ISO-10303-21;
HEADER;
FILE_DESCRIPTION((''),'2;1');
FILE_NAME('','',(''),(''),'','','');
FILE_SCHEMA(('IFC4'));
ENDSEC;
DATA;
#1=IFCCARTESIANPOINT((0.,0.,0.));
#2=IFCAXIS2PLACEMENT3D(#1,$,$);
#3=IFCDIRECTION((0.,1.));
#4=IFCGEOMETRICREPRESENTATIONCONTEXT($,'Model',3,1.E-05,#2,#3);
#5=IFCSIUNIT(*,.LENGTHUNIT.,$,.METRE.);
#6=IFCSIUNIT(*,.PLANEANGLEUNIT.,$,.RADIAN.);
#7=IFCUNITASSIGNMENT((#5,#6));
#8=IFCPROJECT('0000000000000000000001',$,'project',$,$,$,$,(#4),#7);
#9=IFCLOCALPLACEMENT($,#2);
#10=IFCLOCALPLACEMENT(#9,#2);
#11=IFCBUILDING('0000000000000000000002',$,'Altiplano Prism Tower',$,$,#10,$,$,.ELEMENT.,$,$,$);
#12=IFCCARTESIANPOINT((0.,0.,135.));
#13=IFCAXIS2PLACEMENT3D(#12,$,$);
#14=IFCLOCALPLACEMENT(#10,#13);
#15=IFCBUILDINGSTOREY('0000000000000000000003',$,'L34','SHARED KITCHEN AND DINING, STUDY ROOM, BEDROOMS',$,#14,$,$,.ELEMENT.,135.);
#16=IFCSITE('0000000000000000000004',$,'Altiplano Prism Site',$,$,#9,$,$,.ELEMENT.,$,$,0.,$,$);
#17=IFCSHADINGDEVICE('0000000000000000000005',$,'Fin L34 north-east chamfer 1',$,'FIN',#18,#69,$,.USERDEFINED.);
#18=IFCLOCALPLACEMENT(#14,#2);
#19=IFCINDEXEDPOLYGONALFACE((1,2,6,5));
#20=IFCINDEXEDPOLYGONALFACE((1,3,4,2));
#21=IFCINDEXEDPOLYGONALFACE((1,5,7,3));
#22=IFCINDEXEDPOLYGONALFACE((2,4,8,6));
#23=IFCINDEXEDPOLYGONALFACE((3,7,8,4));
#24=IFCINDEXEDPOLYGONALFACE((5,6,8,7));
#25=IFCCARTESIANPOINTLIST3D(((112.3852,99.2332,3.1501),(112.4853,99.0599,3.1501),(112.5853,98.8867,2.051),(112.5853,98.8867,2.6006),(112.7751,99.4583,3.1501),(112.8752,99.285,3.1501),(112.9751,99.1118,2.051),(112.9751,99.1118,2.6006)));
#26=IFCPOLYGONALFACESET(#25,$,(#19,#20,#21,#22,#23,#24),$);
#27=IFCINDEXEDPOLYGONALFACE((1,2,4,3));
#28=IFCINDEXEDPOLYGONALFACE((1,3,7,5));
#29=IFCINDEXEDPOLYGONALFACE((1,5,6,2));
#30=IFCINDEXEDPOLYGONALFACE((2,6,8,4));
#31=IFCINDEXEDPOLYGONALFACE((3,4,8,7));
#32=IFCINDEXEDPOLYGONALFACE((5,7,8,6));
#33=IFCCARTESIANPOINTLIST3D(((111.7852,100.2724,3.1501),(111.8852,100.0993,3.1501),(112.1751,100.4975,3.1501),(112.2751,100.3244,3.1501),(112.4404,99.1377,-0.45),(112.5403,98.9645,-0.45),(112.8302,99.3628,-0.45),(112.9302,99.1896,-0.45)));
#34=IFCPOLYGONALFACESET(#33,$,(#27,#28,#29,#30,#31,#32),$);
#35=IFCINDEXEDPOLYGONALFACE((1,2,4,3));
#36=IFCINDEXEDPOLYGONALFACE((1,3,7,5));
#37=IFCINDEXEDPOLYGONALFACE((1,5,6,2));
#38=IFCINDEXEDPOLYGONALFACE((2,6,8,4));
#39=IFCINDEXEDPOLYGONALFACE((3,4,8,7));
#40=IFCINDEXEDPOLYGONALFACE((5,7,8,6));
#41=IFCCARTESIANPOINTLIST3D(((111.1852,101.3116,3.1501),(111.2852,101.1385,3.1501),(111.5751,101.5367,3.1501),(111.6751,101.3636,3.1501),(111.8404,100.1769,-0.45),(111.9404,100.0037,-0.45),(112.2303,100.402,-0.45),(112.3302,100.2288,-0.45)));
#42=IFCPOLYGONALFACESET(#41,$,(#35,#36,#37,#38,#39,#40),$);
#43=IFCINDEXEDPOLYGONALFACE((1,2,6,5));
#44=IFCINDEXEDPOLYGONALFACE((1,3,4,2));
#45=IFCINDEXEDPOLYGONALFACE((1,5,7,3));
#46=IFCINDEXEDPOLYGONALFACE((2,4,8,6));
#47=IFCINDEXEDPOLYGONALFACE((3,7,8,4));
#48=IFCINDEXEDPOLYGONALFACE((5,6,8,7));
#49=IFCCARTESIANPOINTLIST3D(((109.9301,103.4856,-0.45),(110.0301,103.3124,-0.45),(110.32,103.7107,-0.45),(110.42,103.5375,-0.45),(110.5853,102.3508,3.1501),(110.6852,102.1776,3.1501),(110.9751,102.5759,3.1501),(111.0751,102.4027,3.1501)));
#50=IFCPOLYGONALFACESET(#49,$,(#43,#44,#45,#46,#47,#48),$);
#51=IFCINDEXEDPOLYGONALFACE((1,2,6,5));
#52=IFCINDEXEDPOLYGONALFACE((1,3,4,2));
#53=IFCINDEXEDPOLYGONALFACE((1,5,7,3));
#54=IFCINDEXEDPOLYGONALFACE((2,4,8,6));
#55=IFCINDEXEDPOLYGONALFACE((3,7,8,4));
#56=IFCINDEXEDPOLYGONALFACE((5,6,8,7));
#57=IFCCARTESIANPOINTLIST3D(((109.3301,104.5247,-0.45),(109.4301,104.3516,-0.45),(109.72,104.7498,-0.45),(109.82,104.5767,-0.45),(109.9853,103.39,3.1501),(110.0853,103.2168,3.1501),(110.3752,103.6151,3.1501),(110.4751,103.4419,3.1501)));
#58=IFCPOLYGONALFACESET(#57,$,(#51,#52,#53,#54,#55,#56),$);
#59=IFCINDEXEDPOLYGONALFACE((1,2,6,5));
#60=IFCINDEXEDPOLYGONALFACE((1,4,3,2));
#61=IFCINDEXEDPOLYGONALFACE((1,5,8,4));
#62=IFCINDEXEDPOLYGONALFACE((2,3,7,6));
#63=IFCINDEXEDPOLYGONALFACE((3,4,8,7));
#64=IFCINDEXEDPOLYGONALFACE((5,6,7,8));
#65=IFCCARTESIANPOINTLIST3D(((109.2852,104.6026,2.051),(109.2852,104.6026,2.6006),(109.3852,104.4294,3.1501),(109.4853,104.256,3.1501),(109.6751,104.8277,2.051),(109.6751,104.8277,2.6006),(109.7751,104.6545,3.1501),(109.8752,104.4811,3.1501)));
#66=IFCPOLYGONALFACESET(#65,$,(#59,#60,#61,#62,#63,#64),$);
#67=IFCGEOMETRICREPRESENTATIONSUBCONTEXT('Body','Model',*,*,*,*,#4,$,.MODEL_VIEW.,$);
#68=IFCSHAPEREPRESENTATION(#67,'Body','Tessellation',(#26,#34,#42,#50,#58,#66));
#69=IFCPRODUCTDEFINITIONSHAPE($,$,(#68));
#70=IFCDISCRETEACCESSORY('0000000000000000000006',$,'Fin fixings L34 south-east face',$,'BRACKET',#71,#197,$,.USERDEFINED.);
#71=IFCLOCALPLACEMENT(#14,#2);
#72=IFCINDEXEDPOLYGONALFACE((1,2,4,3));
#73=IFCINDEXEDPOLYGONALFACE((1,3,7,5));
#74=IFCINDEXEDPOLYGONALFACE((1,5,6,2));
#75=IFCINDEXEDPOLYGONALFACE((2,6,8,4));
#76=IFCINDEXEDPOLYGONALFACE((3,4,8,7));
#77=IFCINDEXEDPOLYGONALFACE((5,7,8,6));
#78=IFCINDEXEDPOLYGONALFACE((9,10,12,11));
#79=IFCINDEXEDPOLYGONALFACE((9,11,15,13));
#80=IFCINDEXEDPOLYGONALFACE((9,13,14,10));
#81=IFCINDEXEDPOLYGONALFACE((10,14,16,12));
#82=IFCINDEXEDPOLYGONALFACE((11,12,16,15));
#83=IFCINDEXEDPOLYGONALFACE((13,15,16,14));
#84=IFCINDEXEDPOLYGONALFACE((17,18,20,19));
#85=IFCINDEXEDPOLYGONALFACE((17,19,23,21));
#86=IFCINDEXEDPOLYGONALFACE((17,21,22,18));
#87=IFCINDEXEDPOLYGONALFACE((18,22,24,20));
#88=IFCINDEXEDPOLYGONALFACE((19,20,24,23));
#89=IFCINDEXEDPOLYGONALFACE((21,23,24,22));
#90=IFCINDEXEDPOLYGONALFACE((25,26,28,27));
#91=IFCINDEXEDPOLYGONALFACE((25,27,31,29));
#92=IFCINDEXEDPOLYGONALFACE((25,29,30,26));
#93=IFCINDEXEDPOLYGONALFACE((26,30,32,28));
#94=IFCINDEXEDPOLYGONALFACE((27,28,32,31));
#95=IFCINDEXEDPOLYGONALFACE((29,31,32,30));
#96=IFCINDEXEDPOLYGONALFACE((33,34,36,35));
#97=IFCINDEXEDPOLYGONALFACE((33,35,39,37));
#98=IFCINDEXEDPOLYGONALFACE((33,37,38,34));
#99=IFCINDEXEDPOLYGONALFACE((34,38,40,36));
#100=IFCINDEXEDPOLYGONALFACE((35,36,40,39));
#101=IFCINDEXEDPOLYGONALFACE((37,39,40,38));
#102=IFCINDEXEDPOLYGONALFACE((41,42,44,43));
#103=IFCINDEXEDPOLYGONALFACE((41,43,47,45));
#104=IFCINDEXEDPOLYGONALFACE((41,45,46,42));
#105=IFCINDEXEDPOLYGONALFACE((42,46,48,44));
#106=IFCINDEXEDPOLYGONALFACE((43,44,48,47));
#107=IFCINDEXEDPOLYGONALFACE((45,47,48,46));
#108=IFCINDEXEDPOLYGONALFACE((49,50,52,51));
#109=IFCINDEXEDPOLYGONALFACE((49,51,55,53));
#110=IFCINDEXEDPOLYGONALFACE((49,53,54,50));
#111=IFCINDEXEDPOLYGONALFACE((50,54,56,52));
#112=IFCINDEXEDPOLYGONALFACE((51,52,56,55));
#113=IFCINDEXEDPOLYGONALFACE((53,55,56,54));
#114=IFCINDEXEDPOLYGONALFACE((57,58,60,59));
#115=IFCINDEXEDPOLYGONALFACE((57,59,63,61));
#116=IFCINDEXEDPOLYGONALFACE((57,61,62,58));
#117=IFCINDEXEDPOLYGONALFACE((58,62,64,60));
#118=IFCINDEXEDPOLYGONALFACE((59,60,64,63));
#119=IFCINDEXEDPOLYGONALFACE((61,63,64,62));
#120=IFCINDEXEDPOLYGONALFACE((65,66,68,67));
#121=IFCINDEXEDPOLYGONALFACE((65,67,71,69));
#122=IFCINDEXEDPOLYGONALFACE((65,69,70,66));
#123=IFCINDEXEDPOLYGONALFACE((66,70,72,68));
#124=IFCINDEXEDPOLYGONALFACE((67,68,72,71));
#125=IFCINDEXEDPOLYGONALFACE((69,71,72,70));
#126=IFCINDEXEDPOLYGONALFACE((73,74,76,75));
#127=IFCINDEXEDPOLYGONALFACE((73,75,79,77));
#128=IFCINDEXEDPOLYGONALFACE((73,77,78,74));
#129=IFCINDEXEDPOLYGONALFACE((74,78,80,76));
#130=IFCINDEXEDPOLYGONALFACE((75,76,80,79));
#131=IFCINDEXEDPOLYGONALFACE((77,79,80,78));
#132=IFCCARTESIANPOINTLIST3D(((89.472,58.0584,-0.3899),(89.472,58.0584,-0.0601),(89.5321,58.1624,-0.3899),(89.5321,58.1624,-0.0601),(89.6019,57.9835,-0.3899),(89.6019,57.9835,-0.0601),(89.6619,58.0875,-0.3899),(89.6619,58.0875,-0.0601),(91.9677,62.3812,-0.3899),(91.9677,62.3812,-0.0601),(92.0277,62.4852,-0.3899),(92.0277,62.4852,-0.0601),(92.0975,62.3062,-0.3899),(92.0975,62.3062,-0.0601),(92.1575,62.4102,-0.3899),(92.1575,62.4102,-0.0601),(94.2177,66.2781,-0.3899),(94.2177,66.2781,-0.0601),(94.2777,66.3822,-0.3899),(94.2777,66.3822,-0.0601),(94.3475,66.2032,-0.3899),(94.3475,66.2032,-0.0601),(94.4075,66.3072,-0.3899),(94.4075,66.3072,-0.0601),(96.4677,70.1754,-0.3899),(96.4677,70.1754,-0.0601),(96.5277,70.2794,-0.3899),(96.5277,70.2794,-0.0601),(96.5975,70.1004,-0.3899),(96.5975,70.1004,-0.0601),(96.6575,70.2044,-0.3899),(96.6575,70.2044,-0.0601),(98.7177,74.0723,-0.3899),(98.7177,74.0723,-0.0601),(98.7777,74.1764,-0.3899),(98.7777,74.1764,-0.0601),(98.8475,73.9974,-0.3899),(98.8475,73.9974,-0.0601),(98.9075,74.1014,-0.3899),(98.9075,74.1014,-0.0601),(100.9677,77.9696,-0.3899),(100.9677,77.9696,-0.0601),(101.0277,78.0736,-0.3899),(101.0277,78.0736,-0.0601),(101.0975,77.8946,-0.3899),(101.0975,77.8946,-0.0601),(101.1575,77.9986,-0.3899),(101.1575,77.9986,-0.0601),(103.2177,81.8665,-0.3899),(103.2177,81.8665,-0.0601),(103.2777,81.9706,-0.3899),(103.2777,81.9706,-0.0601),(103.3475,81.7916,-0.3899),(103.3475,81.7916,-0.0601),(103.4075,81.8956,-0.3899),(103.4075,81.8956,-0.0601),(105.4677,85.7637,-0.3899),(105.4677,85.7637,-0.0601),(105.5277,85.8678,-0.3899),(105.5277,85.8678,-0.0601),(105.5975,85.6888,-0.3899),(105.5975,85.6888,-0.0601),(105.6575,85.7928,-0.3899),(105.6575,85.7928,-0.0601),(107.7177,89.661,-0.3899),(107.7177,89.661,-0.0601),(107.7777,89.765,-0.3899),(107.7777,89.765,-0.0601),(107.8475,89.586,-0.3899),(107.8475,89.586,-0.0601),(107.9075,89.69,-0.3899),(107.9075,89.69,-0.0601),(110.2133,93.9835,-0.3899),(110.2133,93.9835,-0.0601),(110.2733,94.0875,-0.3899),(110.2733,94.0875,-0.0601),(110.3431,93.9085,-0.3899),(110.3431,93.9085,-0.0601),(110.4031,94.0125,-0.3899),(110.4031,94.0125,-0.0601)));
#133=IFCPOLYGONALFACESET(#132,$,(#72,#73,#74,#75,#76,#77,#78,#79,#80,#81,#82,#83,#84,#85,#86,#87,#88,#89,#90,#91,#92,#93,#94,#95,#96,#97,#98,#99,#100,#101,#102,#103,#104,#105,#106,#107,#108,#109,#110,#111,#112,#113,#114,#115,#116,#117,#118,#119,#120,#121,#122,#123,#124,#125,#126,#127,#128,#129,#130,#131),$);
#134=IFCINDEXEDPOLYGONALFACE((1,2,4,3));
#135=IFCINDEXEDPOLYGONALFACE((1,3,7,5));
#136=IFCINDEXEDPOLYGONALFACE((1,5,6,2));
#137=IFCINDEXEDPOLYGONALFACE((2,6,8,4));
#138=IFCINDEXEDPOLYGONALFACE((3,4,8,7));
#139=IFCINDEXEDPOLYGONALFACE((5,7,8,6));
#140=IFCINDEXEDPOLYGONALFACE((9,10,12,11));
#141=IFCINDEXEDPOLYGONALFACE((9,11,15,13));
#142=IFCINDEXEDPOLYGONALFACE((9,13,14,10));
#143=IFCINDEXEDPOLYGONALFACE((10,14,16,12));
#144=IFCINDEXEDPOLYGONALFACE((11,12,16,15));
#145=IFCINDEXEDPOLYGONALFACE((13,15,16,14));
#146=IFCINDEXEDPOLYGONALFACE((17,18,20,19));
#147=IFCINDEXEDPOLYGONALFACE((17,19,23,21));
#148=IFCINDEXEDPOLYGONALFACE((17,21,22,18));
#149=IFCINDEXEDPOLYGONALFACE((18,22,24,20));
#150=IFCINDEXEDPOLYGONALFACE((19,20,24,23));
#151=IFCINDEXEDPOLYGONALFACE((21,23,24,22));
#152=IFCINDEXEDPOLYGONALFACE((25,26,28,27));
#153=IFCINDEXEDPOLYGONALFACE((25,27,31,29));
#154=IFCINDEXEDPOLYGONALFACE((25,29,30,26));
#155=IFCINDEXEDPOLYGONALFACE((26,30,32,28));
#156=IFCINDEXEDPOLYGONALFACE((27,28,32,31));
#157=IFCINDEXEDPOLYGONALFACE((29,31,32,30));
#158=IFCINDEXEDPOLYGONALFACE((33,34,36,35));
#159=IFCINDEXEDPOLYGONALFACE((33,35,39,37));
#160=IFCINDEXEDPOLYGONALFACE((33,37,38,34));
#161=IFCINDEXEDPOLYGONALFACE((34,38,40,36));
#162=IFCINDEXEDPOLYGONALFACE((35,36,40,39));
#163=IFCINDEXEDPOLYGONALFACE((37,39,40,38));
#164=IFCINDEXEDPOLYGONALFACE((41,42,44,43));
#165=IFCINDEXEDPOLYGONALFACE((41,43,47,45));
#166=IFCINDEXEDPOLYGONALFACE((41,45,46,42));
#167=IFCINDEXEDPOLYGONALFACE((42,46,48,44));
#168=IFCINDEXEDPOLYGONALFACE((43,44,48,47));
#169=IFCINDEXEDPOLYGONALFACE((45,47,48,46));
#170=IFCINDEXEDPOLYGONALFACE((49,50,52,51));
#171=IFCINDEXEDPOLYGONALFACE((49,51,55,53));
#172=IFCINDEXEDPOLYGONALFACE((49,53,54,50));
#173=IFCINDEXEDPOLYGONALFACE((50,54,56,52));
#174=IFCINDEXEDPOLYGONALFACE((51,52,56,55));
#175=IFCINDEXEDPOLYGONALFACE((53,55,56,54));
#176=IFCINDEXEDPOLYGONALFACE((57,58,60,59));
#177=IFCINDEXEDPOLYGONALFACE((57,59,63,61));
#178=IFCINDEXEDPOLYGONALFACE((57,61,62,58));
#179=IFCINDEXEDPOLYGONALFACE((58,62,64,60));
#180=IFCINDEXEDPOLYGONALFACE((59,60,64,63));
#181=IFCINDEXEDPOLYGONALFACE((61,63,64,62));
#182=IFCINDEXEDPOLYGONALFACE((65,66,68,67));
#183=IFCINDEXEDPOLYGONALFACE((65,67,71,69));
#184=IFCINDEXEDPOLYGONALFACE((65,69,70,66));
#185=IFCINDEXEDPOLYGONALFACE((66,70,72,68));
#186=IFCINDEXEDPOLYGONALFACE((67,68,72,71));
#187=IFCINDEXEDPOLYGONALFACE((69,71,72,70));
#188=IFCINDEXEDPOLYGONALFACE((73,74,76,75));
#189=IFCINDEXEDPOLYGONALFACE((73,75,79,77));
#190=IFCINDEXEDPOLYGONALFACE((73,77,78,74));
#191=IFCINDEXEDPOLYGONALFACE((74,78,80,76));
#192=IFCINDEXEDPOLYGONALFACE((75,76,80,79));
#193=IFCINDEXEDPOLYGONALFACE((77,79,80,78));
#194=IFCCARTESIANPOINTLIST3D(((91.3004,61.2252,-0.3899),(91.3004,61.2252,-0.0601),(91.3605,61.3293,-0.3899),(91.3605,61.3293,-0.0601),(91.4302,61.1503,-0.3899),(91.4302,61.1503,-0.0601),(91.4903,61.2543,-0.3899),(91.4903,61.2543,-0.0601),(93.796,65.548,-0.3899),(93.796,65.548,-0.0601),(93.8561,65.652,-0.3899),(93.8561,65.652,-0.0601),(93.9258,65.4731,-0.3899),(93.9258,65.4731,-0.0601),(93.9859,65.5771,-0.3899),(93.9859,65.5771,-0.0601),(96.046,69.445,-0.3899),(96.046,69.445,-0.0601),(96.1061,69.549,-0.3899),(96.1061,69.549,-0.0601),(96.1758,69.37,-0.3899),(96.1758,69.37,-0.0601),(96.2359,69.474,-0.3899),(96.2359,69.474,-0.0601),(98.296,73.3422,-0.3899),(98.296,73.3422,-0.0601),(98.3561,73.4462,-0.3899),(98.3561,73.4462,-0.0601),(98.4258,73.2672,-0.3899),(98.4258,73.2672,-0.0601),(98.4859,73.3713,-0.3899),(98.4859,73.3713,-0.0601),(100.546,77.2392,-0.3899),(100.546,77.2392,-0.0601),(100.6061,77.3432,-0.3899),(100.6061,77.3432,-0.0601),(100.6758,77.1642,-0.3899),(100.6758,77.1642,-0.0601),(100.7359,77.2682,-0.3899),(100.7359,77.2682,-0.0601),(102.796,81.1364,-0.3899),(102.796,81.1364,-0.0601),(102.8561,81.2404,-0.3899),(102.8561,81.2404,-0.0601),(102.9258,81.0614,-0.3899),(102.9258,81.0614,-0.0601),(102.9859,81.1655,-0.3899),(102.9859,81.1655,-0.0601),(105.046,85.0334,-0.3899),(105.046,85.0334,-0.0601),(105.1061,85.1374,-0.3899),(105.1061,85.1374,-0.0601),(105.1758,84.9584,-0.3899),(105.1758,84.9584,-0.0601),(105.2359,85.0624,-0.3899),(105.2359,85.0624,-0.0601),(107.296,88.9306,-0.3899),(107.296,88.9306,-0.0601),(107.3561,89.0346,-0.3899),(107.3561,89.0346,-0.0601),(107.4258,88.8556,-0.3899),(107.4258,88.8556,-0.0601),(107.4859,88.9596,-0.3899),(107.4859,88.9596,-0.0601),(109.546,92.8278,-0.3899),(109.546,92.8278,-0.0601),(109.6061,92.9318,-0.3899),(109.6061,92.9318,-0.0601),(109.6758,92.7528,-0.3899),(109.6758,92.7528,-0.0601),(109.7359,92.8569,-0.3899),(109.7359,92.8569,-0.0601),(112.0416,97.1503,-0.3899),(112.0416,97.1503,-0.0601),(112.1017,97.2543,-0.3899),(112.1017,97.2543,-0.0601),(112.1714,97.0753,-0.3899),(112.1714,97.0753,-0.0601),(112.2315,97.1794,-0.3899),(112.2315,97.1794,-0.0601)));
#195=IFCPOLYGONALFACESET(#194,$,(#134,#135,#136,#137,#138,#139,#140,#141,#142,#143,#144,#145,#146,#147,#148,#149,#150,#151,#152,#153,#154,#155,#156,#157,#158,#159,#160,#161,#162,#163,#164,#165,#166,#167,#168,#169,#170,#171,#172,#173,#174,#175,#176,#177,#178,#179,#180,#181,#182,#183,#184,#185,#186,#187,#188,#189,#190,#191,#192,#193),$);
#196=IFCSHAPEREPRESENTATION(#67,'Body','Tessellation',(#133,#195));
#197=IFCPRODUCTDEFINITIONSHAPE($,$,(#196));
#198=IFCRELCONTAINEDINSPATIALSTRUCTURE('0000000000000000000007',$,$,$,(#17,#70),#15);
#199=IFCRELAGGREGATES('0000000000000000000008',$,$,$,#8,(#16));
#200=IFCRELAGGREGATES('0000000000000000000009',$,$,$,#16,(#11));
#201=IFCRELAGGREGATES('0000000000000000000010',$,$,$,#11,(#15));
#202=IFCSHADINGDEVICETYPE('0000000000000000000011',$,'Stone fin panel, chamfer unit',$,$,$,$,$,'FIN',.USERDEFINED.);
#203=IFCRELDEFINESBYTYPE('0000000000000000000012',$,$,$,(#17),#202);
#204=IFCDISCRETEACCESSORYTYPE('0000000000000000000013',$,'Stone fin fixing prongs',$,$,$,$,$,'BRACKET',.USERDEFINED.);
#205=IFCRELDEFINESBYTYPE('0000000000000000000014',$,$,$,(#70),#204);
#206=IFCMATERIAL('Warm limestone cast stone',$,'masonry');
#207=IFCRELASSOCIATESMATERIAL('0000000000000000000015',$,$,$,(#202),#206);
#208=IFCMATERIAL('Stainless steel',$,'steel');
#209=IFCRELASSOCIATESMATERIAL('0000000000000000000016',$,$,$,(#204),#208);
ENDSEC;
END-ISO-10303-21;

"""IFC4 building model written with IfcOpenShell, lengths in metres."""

from ifc_helpers import new_model, si_unit, direction, frame, origin, place, context, subcontext, project, spatial, polyline, outline, extrude, source, transform, mapped, material, type_object, element, save


model = new_model("IFC4")

# Units and contexts
model_context = context("Model", 3, precision=1e-05, world=origin(), true_north=direction((0.0, 1.0)))
body_context = subcontext(model_context, "Body", "Model", "MODEL_VIEW")
ifc_project = project(units=[si_unit("LENGTHUNIT", "METRE"), si_unit("PLANEANGLEUNIT", "RADIAN")], contexts=[model_context])

# Site, building, storey
site_placement = place(None, origin())
site = spatial("IfcSite", under=ifc_project, at=site_placement, Name="Altiplano Prism Site", CompositionType="ELEMENT", RefElevation=0.0)
building_placement = place(site_placement, origin())
building = spatial("IfcBuilding", under=site, at=building_placement, Name="Altiplano Prism Tower", CompositionType="ELEMENT")
storey_placement = place(building_placement, frame((0.0, 0.0, 135.0)))
storey = spatial("IfcBuildingStorey", under=building, at=storey_placement, Name="L34", Description="SHARED KITCHEN AND DINING, STUDY ROOM, BEDROOMS", CompositionType="ELEMENT", Elevation=135.0)

# Shading device
ifc_material_1 = material(Name="Warm limestone cast stone", Category="masonry")
shading_device_type_1 = type_object("IfcShadingDeviceType", Name="Stone fin panel, chamfer unit", ElementType="FIN", PredefinedType="USERDEFINED", material=ifc_material_1)
shared_shape_1 = source(origin(), body_context, "Body", "SweptSolid", [
    extrude(outline(polyline([(-3.3, 2.501), (-2.8999, 3.6001), (-3.1001, 3.6001), (-3.3, 3.0505), (-3.3, 2.501)])), frame((0.0, -0.1499, 0.0), z_axis=(0.0, -1.0, 0.0), x_axis=(1.0, 0.0, 0.0)), (0.0, 0.0, 1.0), 0.4502),
    extrude(outline(polyline([(-3.2102, 0.0), (-3.0103, 0.0), (-1.7, 3.6001), (-1.8999, 3.6001), (-3.2102, 0.0)])), frame((0.0, -0.1499, 0.0), z_axis=(0.0, -1.0, 0.0), x_axis=(1.0, 0.0, 0.0)), (0.0, 0.0, 1.0), 0.4502),
    extrude(outline(polyline([(-2.0103, 0.0), (-1.8103, 0.0), (-0.5, 3.6001), (-0.7, 3.6001), (-2.0103, 0.0)])), frame((0.0, -0.1499, 0.0), z_axis=(0.0, -1.0, 0.0), x_axis=(1.0, 0.0, 0.0)), (0.0, 0.0, 1.0), 0.4502),
    extrude(outline(polyline([(1.8103, 0.0), (2.0103, 0.0), (0.7, 3.6001), (0.5, 3.6001), (1.8103, 0.0)])), frame((0.0, -0.1499, 0.0), z_axis=(0.0, -1.0, 0.0), x_axis=(1.0, 0.0, 0.0)), (0.0, 0.0, 1.0), 0.4502),
    extrude(outline(polyline([(3.0103, 0.0), (3.2102, 0.0), (1.8999, 3.6001), (1.7, 3.6001), (3.0103, 0.0)])), frame((0.0, -0.1499, 0.0), z_axis=(0.0, -1.0, 0.0), x_axis=(1.0, 0.0, 0.0)), (0.0, 0.0, 1.0), 0.4502),
    extrude(outline(polyline([(3.3, 3.0505), (3.1001, 3.6001), (2.8999, 3.6001), (3.3, 2.501), (3.3, 3.0505)])), frame((0.0, -0.1499, 0.0), z_axis=(0.0, -1.0, 0.0), x_axis=(1.0, 0.0, 0.0)), (0.0, 0.0, 1.0), 0.4502),
])
shading_device_1_placement = place(storey_placement, origin())
element("IfcShadingDevice", 1, at=shading_device_1_placement, inside=storey, type_object=shading_device_type_1, Name="Fin L34 north-east chamfer 1", ObjectType="FIN", PredefinedType="USERDEFINED", context=body_context, shape_type="MappedRepresentation", body=[
    mapped(shared_shape_1, transform((110.8054, 101.6697, -0.45), x_axis=(-0.5, 0.866025, 0.0), y_axis=(-0.866025, -0.5, 0.0), z_axis=(0.0, 0.0, 1.0))),
])

# Discrete accessory
ifc_material_2 = material(Name="Stainless steel", Category="steel")
discrete_accessory_type = type_object("IfcDiscreteAccessoryType", Name="Stone fin fixing prongs", ElementType="BRACKET", PredefinedType="USERDEFINED", material=ifc_material_2)
shared_shape_2 = source(origin(), body_context, "Body", "SweptSolid", [
    extrude(outline(polyline([(-1.8884, 0.0601), (-1.7683, 0.0601), (-1.7683, 0.3899), (-1.8884, 0.3899), (-1.8884, 0.0601)])), frame((0.0, 0.0, 0.0), z_axis=(0.0, -1.0, 0.0), x_axis=(1.0, 0.0, 0.0)), (0.0, 0.0, 1.0), 0.1499),
    extrude(outline(polyline([(1.7683, 0.0601), (1.8884, 0.0601), (1.8884, 0.3899), (1.7683, 0.3899), (1.7683, 0.0601)])), frame((0.0, 0.0, 0.0), z_axis=(0.0, -1.0, 0.0), x_axis=(1.0, 0.0, 0.0)), (0.0, 0.0, 1.0), 0.1499),
])
shared_shape_3 = source(origin(), body_context, "Body", "SweptSolid", [
    extrude(outline(polyline([(-1.8884, 0.0601), (-1.7683, 0.0601), (-1.7683, 0.3899), (-1.8884, 0.3899), (-1.8884, 0.0601)])), frame((0.0, 0.0, 0.0), z_axis=(0.0, -1.0, 0.0), x_axis=(1.0, 0.0, 0.0)), (0.0, 0.0, 1.0), 0.1499),
    extrude(outline(polyline([(1.7683, 0.0601), (1.8884, 0.0601), (1.8884, 0.3899), (1.7683, 0.3899), (1.7683, 0.0601)])), frame((0.0, 0.0, 0.0), z_axis=(0.0, -1.0, 0.0), x_axis=(1.0, 0.0, 0.0)), (0.0, 0.0, 1.0), 0.1499),
])
discrete_accessory_1_placement = place(storey_placement, origin())
element("IfcDiscreteAccessory", 2, at=discrete_accessory_1_placement, inside=storey, type_object=discrete_accessory_type, Name="Fin fixings L34 south-east face", ObjectType="BRACKET", PredefinedType="USERDEFINED", context=body_context, shape_type="MappedRepresentation", body=[
    mapped(shared_shape_2, transform((90.4163, 59.6938, -0.45), x_axis=(0.5, 0.866025, 0.0), y_axis=(-0.866025, 0.5, 0.0), z_axis=(0.0, 0.0, 1.0))),
    mapped(shared_shape_3, transform((92.9119, 64.0166, -0.45), x_axis=(0.5, 0.866025, 0.0), y_axis=(-0.866025, 0.5, 0.0), z_axis=(0.0, 0.0, 1.0))),
    mapped(shared_shape_3, transform((95.1619, 67.9136, -0.45), x_axis=(0.5, 0.866025, 0.0), y_axis=(-0.866025, 0.5, 0.0), z_axis=(0.0, 0.0, 1.0))),
    mapped(shared_shape_3, transform((97.4119, 71.8108, -0.45), x_axis=(0.5, 0.866025, 0.0), y_axis=(-0.866025, 0.5, 0.0), z_axis=(0.0, 0.0, 1.0))),
    mapped(shared_shape_3, transform((99.6619, 75.7078, -0.45), x_axis=(0.5, 0.866025, 0.0), y_axis=(-0.866025, 0.5, 0.0), z_axis=(0.0, 0.0, 1.0))),
    mapped(shared_shape_3, transform((101.9119, 79.605, -0.45), x_axis=(0.5, 0.866025, 0.0), y_axis=(-0.866025, 0.5, 0.0), z_axis=(0.0, 0.0, 1.0))),
    mapped(shared_shape_3, transform((104.1619, 83.502, -0.45), x_axis=(0.5, 0.866025, 0.0), y_axis=(-0.866025, 0.5, 0.0), z_axis=(0.0, 0.0, 1.0))),
    mapped(shared_shape_3, transform((106.4119, 87.3992, -0.45), x_axis=(0.5, 0.866025, 0.0), y_axis=(-0.866025, 0.5, 0.0), z_axis=(0.0, 0.0, 1.0))),
    mapped(shared_shape_3, transform((108.6619, 91.2964, -0.45), x_axis=(0.5, 0.866025, 0.0), y_axis=(-0.866025, 0.5, 0.0), z_axis=(0.0, 0.0, 1.0))),
    mapped(shared_shape_2, transform((111.1575, 95.6189, -0.45), x_axis=(0.5, 0.866025, 0.0), y_axis=(-0.866025, 0.5, 0.0), z_axis=(0.0, 0.0, 1.0))),
])

save(model, "model.ifc")
